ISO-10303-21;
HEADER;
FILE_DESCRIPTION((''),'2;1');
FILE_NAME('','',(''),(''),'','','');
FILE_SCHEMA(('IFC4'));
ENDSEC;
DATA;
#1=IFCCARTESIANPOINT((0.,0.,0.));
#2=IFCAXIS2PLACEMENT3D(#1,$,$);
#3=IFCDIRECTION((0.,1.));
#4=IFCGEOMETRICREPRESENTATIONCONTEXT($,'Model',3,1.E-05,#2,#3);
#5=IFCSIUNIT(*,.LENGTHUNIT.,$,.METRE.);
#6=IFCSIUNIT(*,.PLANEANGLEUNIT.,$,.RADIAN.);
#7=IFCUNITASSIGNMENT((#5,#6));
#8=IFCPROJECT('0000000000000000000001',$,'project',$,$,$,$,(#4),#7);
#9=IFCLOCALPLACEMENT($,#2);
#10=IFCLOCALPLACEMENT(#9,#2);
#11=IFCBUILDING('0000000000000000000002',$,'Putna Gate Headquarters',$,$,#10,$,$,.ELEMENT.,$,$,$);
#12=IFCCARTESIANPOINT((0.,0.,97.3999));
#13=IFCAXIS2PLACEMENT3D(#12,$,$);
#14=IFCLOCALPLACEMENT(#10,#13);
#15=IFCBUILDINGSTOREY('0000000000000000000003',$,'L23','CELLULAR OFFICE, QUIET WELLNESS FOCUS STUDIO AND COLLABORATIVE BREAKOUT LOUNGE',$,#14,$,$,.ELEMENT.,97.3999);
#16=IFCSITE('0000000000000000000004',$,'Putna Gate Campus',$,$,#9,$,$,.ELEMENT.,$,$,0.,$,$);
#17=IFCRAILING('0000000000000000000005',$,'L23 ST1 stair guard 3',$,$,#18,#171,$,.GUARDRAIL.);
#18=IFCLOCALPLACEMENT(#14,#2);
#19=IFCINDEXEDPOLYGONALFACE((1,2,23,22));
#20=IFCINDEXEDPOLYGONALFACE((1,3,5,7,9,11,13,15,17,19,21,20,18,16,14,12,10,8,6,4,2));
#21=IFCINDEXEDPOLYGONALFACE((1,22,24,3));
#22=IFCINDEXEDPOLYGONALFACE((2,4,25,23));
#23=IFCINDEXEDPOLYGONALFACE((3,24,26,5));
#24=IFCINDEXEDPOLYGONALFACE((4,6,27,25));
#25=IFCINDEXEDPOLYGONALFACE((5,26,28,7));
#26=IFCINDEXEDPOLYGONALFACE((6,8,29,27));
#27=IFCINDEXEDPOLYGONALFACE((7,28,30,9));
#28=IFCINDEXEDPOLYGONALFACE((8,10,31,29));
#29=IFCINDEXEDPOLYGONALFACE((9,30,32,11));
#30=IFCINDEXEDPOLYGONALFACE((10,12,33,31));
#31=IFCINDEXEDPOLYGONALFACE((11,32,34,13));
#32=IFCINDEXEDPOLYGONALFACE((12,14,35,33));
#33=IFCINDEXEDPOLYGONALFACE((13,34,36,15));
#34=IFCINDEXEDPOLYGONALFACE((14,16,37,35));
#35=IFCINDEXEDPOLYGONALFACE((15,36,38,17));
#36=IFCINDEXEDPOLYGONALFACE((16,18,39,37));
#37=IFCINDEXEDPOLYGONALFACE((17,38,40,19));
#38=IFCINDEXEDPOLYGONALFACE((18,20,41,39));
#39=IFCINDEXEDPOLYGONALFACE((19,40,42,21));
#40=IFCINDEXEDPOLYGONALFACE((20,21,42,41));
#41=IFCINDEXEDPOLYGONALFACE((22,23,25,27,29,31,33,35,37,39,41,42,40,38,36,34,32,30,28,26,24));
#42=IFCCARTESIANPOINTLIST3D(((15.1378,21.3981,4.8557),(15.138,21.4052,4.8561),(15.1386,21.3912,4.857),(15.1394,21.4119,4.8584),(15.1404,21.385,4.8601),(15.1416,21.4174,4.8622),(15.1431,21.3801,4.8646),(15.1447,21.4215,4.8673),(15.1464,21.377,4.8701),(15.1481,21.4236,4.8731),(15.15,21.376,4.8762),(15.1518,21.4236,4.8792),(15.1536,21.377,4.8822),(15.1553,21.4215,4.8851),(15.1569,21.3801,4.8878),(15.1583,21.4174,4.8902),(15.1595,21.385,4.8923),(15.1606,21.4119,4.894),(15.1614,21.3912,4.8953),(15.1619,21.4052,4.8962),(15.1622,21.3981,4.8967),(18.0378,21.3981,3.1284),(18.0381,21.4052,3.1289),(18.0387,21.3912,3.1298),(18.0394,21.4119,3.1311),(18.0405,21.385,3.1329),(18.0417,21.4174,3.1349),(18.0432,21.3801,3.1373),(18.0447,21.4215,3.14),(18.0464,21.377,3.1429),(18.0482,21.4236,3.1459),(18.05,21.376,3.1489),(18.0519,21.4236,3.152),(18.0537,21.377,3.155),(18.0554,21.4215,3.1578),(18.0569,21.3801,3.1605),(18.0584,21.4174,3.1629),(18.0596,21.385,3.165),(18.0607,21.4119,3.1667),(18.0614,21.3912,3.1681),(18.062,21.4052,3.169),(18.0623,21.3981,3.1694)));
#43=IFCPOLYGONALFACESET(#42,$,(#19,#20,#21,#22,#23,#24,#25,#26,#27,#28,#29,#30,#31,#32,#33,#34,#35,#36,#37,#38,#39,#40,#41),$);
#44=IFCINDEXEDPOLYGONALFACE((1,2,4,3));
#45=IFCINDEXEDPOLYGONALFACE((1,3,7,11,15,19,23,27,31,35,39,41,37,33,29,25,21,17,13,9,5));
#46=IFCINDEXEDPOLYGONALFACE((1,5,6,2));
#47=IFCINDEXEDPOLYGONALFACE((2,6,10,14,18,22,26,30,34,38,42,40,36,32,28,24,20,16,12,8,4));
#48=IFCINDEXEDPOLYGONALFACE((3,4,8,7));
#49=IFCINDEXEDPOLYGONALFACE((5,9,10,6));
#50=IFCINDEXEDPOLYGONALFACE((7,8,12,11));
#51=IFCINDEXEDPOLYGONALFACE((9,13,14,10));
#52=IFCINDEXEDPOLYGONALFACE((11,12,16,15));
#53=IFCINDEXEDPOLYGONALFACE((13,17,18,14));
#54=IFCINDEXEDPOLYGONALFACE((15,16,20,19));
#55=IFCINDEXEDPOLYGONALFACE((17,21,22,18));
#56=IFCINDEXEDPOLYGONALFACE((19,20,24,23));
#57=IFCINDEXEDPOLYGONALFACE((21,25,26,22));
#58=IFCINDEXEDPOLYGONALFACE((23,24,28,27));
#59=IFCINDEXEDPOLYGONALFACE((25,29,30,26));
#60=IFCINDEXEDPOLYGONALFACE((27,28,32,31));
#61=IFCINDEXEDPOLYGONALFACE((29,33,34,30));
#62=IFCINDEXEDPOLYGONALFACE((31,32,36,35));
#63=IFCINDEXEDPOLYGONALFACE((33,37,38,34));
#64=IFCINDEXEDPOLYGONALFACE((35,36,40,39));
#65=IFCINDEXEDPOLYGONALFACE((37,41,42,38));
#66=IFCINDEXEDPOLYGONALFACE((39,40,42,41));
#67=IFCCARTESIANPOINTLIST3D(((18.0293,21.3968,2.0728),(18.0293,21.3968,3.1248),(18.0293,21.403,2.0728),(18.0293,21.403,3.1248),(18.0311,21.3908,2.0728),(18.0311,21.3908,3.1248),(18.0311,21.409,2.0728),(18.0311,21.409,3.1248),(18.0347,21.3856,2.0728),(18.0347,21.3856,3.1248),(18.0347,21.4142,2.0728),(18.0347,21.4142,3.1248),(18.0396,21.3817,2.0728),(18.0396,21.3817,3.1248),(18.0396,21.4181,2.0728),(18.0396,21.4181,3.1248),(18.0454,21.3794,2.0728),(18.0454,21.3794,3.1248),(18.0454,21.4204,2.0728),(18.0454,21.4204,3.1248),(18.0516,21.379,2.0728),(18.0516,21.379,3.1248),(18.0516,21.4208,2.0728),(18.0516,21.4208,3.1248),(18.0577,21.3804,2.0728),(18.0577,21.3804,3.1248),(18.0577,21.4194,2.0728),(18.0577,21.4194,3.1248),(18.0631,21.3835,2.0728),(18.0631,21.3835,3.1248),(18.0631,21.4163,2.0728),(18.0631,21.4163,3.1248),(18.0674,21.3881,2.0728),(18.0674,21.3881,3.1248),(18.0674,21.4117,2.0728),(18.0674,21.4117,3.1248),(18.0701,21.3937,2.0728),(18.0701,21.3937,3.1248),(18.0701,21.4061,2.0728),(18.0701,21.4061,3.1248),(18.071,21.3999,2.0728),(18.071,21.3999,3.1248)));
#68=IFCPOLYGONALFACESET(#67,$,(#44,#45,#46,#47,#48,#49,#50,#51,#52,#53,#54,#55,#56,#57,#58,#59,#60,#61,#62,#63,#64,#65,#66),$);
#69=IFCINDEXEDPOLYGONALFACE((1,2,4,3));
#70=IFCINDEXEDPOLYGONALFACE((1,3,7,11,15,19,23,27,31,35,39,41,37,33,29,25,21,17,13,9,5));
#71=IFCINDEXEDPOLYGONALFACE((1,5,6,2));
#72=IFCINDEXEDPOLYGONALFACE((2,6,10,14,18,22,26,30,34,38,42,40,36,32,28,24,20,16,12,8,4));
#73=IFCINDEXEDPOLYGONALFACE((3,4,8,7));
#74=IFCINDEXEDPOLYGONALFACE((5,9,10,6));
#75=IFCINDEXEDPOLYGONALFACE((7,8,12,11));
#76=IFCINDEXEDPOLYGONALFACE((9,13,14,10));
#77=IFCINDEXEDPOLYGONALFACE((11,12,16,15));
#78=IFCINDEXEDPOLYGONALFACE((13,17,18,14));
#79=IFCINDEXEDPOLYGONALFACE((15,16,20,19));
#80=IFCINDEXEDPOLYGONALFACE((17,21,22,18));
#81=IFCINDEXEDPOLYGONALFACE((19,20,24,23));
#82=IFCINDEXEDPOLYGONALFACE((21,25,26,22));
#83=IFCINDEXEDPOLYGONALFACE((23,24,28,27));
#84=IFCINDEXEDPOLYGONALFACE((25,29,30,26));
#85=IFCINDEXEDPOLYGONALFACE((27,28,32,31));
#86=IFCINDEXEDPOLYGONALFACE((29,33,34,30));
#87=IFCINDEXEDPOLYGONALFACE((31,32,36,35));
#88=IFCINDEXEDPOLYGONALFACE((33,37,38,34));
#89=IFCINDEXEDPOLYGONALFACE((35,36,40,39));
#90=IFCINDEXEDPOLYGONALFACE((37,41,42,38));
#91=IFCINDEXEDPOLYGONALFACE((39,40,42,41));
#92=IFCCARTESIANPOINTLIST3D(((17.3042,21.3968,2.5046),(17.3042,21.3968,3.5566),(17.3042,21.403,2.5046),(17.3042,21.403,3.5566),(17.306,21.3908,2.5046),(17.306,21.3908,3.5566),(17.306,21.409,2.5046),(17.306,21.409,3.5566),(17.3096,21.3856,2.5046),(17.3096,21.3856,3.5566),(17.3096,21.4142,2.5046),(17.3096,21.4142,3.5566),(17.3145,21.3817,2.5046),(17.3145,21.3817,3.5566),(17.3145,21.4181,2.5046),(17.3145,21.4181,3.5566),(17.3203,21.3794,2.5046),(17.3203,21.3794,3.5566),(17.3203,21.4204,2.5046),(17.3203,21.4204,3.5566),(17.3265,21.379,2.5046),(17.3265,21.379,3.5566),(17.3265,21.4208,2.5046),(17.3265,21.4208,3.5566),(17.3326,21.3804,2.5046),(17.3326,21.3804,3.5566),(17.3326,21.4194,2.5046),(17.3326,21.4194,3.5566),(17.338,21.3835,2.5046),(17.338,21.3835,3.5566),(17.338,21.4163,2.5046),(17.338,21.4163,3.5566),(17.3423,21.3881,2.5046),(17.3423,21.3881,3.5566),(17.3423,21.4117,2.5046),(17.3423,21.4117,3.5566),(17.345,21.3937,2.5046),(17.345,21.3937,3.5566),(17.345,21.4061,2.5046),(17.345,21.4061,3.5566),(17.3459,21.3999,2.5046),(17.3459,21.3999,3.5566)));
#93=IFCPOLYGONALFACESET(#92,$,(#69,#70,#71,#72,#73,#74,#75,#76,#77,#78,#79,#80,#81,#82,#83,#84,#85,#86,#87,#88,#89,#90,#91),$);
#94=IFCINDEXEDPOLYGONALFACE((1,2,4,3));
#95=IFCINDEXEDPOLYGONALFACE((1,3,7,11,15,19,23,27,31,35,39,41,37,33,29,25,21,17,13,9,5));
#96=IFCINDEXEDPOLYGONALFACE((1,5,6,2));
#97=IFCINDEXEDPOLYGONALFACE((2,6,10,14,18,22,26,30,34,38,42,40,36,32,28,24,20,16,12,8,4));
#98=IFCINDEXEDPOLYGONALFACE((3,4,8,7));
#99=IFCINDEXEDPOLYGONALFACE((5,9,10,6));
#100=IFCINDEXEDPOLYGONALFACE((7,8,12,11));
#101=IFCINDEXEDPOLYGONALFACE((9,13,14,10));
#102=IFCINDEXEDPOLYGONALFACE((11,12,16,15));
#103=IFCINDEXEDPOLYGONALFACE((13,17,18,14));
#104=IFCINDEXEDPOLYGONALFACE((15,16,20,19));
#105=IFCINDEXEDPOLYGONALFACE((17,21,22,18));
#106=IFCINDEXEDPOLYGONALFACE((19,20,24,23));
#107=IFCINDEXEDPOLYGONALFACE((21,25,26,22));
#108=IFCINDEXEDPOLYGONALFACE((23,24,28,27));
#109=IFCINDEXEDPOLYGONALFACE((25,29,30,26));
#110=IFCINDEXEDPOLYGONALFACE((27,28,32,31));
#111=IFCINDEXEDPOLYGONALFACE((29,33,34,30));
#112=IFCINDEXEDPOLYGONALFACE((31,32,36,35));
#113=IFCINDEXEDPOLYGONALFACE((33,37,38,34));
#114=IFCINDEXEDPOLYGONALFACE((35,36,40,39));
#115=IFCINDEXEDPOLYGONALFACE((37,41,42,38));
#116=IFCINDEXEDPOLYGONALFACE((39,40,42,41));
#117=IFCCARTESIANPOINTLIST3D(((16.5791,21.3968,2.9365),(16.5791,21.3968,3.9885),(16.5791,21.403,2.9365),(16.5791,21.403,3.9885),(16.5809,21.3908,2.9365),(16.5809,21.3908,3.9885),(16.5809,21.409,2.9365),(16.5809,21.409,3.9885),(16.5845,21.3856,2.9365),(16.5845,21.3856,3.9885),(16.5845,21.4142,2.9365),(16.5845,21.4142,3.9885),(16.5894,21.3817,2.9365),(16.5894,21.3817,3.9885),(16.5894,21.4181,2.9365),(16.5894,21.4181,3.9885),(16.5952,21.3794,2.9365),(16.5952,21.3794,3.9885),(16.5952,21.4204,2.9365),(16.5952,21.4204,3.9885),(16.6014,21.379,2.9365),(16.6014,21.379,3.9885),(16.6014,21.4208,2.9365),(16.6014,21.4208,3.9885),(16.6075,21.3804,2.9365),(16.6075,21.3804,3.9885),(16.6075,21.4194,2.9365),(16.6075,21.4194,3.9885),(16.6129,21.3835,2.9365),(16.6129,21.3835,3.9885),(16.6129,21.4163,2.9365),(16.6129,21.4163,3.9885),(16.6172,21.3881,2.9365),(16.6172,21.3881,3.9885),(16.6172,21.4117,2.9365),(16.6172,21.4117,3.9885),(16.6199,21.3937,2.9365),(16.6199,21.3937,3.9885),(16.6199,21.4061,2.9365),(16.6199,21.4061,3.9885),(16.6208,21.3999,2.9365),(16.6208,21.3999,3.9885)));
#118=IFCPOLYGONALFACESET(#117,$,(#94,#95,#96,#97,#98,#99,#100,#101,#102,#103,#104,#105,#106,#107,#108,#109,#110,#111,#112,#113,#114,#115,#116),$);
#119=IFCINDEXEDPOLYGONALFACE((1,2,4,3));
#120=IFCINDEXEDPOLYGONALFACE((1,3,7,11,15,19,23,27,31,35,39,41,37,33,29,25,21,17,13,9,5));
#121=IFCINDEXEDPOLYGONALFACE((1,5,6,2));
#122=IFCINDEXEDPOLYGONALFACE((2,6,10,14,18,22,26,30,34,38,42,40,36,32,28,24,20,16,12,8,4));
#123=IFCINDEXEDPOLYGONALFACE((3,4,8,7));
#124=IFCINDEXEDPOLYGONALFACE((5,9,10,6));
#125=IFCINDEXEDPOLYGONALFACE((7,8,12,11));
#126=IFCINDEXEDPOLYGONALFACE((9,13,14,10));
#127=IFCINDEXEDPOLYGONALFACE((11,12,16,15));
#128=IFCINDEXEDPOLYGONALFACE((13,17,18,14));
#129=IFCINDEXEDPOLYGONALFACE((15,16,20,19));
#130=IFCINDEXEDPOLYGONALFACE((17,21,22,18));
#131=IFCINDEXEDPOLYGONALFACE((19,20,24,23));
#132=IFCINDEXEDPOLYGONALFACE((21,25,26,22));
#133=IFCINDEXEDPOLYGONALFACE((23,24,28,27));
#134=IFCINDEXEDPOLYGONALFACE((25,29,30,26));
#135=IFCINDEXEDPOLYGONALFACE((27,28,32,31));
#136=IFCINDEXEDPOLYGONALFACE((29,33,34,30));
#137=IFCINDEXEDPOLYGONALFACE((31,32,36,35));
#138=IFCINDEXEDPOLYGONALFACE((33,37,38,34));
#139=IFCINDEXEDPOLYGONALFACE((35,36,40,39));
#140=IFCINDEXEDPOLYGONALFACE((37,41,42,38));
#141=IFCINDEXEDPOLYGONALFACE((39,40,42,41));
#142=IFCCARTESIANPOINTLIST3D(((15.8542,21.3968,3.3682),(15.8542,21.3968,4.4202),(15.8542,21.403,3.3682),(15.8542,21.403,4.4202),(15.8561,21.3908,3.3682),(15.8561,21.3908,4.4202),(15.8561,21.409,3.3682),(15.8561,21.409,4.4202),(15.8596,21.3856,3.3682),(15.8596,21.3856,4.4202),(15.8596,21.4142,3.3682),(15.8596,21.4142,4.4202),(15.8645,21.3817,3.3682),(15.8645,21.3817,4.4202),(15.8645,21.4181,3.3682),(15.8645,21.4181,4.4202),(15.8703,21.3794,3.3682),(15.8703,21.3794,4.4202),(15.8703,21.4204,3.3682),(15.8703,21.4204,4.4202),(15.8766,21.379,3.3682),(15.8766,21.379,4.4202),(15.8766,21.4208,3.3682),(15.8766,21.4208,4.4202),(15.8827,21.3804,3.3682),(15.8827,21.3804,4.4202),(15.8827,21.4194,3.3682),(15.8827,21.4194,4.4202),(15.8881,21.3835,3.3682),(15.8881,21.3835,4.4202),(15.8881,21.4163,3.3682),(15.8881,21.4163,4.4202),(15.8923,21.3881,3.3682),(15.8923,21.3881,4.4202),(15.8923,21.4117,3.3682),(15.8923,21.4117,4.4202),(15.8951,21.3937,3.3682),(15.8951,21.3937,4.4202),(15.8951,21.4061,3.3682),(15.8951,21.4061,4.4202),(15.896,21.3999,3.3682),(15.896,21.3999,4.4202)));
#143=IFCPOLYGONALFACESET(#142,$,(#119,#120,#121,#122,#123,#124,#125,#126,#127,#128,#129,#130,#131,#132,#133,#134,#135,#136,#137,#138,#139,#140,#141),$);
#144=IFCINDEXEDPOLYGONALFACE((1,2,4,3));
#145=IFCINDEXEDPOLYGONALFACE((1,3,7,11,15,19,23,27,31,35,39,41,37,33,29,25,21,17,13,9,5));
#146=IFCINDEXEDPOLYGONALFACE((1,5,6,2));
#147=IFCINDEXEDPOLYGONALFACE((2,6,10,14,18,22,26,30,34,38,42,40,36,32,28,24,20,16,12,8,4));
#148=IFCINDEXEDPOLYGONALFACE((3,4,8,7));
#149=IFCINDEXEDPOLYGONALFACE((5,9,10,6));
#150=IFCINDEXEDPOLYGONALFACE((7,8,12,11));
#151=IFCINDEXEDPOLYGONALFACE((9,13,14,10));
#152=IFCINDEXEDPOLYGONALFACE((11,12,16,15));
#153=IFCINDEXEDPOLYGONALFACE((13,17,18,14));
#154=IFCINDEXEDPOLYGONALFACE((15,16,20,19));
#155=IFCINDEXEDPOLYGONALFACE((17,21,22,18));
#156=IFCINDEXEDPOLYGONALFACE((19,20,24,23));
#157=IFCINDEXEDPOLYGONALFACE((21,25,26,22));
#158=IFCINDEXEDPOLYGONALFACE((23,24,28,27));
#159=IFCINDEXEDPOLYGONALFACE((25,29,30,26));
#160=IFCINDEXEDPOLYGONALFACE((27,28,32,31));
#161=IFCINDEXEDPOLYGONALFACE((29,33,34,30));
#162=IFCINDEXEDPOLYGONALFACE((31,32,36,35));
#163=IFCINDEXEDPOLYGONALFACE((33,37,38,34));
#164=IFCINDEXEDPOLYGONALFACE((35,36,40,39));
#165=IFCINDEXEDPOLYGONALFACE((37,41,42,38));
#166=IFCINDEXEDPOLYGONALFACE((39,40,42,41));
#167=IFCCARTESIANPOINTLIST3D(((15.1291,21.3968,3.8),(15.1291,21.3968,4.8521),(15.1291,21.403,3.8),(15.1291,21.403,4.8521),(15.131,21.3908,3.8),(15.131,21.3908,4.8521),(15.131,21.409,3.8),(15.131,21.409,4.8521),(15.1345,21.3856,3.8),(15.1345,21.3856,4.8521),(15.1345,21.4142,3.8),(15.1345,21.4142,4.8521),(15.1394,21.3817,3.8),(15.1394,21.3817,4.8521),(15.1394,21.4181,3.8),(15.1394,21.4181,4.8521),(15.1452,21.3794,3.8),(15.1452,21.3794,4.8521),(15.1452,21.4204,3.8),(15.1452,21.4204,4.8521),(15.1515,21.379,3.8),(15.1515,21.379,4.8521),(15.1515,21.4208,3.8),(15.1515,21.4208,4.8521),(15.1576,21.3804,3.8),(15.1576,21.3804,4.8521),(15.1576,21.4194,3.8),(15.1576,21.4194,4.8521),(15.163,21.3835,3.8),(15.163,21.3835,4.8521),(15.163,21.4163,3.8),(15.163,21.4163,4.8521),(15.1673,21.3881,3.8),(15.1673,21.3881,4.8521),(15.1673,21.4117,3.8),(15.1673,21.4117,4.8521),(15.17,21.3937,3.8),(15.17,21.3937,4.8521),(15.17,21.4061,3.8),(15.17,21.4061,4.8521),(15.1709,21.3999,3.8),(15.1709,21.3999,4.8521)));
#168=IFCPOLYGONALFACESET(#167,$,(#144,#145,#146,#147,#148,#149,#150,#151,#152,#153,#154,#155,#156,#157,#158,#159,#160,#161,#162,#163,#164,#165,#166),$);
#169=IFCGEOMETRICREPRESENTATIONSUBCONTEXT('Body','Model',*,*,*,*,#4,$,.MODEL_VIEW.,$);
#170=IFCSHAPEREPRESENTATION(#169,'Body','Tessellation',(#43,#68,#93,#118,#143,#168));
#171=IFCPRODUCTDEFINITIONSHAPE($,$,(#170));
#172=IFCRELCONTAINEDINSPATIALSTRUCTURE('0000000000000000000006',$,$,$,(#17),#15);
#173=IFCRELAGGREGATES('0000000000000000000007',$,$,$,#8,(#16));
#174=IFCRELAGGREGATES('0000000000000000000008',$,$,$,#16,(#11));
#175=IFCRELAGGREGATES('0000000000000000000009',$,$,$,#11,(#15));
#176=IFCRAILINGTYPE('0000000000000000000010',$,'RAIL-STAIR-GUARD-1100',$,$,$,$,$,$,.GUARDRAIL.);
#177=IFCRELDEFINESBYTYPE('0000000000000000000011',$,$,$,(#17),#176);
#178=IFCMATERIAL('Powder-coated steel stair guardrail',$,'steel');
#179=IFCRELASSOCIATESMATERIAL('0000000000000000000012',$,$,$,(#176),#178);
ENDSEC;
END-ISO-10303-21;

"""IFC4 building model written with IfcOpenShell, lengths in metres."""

from ifc_helpers import new_model, si_unit, direction, frame, origin, origin_2d, place, context, subcontext, project, spatial, circle, extrude, material, type_object, element, save


model = new_model("IFC4")

# Units and contexts
model_context = context("Model", 3, precision=1e-05, world=origin(), true_north=direction((0.0, 1.0)))
body_context = subcontext(model_context, "Body", "Model", "MODEL_VIEW")
ifc_project = project(units=[si_unit("LENGTHUNIT", "METRE"), si_unit("PLANEANGLEUNIT", "RADIAN")], contexts=[model_context])

# Site, building, storey
site_placement = place(None, origin())
site = spatial("IfcSite", under=ifc_project, at=site_placement, Name="Putna Gate Campus", CompositionType="ELEMENT", RefElevation=0.0)
building_placement = place(site_placement, origin())
building = spatial("IfcBuilding", under=site, at=building_placement, Name="Putna Gate Headquarters", CompositionType="ELEMENT")
storey_placement = place(building_placement, frame((0.0, 0.0, 97.3999)))
storey = spatial("IfcBuildingStorey", under=building, at=storey_placement, Name="L23", Description="CELLULAR OFFICE, QUIET WELLNESS FOCUS STUDIO AND COLLABORATIVE BREAKOUT LOUNGE", CompositionType="ELEMENT", Elevation=97.3999)

# Railing
ifc_material_1 = material(Name="Powder-coated steel stair guardrail", Category="steel")
railing_type_1 = type_object("IfcRailingType", Name="RAIL-STAIR-GUARD-1100", PredefinedType="GUARDRAIL", material=ifc_material_1)
railing_1_placement = place(storey_placement, frame((18.05, 21.3999, 2.0728)))
element("IfcRailing", 1, at=railing_1_placement, inside=storey, type_object=railing_type_1, Name="L23 ST1 stair guard 3", PredefinedType="GUARDRAIL", context=body_context, shape_type="SweptSolid", body=[
    extrude(circle(Radius=0.0239, at=origin_2d()), frame((0.0, 0.0, 1.0762), z_axis=(-0.85916, 0.0, 0.511706), x_axis=(0.0, -1.0, 0.0)), (0.0, 0.0, 1.0), 3.3755),
    extrude(circle(Radius=0.021, at=origin_2d()), origin(), (0.0, 0.0, 1.0), 1.052),
    extrude(circle(Radius=0.021, at=origin_2d()), frame((-0.7251, 0.0, 0.4319)), (0.0, 0.0, 1.0), 1.052),
    extrude(circle(Radius=0.021, at=origin_2d()), frame((-1.4502, 0.0, 0.8638)), (0.0, 0.0, 1.0), 1.052),
    extrude(circle(Radius=0.021, at=origin_2d()), frame((-2.175, 0.0, 1.2954)), (0.0, 0.0, 1.0), 1.052),
    extrude(circle(Radius=0.021, at=origin_2d()), frame((-2.9001, 0.0, 1.7273)), (0.0, 0.0, 1.0), 1.052),
])

save(model, "model.ifc")
